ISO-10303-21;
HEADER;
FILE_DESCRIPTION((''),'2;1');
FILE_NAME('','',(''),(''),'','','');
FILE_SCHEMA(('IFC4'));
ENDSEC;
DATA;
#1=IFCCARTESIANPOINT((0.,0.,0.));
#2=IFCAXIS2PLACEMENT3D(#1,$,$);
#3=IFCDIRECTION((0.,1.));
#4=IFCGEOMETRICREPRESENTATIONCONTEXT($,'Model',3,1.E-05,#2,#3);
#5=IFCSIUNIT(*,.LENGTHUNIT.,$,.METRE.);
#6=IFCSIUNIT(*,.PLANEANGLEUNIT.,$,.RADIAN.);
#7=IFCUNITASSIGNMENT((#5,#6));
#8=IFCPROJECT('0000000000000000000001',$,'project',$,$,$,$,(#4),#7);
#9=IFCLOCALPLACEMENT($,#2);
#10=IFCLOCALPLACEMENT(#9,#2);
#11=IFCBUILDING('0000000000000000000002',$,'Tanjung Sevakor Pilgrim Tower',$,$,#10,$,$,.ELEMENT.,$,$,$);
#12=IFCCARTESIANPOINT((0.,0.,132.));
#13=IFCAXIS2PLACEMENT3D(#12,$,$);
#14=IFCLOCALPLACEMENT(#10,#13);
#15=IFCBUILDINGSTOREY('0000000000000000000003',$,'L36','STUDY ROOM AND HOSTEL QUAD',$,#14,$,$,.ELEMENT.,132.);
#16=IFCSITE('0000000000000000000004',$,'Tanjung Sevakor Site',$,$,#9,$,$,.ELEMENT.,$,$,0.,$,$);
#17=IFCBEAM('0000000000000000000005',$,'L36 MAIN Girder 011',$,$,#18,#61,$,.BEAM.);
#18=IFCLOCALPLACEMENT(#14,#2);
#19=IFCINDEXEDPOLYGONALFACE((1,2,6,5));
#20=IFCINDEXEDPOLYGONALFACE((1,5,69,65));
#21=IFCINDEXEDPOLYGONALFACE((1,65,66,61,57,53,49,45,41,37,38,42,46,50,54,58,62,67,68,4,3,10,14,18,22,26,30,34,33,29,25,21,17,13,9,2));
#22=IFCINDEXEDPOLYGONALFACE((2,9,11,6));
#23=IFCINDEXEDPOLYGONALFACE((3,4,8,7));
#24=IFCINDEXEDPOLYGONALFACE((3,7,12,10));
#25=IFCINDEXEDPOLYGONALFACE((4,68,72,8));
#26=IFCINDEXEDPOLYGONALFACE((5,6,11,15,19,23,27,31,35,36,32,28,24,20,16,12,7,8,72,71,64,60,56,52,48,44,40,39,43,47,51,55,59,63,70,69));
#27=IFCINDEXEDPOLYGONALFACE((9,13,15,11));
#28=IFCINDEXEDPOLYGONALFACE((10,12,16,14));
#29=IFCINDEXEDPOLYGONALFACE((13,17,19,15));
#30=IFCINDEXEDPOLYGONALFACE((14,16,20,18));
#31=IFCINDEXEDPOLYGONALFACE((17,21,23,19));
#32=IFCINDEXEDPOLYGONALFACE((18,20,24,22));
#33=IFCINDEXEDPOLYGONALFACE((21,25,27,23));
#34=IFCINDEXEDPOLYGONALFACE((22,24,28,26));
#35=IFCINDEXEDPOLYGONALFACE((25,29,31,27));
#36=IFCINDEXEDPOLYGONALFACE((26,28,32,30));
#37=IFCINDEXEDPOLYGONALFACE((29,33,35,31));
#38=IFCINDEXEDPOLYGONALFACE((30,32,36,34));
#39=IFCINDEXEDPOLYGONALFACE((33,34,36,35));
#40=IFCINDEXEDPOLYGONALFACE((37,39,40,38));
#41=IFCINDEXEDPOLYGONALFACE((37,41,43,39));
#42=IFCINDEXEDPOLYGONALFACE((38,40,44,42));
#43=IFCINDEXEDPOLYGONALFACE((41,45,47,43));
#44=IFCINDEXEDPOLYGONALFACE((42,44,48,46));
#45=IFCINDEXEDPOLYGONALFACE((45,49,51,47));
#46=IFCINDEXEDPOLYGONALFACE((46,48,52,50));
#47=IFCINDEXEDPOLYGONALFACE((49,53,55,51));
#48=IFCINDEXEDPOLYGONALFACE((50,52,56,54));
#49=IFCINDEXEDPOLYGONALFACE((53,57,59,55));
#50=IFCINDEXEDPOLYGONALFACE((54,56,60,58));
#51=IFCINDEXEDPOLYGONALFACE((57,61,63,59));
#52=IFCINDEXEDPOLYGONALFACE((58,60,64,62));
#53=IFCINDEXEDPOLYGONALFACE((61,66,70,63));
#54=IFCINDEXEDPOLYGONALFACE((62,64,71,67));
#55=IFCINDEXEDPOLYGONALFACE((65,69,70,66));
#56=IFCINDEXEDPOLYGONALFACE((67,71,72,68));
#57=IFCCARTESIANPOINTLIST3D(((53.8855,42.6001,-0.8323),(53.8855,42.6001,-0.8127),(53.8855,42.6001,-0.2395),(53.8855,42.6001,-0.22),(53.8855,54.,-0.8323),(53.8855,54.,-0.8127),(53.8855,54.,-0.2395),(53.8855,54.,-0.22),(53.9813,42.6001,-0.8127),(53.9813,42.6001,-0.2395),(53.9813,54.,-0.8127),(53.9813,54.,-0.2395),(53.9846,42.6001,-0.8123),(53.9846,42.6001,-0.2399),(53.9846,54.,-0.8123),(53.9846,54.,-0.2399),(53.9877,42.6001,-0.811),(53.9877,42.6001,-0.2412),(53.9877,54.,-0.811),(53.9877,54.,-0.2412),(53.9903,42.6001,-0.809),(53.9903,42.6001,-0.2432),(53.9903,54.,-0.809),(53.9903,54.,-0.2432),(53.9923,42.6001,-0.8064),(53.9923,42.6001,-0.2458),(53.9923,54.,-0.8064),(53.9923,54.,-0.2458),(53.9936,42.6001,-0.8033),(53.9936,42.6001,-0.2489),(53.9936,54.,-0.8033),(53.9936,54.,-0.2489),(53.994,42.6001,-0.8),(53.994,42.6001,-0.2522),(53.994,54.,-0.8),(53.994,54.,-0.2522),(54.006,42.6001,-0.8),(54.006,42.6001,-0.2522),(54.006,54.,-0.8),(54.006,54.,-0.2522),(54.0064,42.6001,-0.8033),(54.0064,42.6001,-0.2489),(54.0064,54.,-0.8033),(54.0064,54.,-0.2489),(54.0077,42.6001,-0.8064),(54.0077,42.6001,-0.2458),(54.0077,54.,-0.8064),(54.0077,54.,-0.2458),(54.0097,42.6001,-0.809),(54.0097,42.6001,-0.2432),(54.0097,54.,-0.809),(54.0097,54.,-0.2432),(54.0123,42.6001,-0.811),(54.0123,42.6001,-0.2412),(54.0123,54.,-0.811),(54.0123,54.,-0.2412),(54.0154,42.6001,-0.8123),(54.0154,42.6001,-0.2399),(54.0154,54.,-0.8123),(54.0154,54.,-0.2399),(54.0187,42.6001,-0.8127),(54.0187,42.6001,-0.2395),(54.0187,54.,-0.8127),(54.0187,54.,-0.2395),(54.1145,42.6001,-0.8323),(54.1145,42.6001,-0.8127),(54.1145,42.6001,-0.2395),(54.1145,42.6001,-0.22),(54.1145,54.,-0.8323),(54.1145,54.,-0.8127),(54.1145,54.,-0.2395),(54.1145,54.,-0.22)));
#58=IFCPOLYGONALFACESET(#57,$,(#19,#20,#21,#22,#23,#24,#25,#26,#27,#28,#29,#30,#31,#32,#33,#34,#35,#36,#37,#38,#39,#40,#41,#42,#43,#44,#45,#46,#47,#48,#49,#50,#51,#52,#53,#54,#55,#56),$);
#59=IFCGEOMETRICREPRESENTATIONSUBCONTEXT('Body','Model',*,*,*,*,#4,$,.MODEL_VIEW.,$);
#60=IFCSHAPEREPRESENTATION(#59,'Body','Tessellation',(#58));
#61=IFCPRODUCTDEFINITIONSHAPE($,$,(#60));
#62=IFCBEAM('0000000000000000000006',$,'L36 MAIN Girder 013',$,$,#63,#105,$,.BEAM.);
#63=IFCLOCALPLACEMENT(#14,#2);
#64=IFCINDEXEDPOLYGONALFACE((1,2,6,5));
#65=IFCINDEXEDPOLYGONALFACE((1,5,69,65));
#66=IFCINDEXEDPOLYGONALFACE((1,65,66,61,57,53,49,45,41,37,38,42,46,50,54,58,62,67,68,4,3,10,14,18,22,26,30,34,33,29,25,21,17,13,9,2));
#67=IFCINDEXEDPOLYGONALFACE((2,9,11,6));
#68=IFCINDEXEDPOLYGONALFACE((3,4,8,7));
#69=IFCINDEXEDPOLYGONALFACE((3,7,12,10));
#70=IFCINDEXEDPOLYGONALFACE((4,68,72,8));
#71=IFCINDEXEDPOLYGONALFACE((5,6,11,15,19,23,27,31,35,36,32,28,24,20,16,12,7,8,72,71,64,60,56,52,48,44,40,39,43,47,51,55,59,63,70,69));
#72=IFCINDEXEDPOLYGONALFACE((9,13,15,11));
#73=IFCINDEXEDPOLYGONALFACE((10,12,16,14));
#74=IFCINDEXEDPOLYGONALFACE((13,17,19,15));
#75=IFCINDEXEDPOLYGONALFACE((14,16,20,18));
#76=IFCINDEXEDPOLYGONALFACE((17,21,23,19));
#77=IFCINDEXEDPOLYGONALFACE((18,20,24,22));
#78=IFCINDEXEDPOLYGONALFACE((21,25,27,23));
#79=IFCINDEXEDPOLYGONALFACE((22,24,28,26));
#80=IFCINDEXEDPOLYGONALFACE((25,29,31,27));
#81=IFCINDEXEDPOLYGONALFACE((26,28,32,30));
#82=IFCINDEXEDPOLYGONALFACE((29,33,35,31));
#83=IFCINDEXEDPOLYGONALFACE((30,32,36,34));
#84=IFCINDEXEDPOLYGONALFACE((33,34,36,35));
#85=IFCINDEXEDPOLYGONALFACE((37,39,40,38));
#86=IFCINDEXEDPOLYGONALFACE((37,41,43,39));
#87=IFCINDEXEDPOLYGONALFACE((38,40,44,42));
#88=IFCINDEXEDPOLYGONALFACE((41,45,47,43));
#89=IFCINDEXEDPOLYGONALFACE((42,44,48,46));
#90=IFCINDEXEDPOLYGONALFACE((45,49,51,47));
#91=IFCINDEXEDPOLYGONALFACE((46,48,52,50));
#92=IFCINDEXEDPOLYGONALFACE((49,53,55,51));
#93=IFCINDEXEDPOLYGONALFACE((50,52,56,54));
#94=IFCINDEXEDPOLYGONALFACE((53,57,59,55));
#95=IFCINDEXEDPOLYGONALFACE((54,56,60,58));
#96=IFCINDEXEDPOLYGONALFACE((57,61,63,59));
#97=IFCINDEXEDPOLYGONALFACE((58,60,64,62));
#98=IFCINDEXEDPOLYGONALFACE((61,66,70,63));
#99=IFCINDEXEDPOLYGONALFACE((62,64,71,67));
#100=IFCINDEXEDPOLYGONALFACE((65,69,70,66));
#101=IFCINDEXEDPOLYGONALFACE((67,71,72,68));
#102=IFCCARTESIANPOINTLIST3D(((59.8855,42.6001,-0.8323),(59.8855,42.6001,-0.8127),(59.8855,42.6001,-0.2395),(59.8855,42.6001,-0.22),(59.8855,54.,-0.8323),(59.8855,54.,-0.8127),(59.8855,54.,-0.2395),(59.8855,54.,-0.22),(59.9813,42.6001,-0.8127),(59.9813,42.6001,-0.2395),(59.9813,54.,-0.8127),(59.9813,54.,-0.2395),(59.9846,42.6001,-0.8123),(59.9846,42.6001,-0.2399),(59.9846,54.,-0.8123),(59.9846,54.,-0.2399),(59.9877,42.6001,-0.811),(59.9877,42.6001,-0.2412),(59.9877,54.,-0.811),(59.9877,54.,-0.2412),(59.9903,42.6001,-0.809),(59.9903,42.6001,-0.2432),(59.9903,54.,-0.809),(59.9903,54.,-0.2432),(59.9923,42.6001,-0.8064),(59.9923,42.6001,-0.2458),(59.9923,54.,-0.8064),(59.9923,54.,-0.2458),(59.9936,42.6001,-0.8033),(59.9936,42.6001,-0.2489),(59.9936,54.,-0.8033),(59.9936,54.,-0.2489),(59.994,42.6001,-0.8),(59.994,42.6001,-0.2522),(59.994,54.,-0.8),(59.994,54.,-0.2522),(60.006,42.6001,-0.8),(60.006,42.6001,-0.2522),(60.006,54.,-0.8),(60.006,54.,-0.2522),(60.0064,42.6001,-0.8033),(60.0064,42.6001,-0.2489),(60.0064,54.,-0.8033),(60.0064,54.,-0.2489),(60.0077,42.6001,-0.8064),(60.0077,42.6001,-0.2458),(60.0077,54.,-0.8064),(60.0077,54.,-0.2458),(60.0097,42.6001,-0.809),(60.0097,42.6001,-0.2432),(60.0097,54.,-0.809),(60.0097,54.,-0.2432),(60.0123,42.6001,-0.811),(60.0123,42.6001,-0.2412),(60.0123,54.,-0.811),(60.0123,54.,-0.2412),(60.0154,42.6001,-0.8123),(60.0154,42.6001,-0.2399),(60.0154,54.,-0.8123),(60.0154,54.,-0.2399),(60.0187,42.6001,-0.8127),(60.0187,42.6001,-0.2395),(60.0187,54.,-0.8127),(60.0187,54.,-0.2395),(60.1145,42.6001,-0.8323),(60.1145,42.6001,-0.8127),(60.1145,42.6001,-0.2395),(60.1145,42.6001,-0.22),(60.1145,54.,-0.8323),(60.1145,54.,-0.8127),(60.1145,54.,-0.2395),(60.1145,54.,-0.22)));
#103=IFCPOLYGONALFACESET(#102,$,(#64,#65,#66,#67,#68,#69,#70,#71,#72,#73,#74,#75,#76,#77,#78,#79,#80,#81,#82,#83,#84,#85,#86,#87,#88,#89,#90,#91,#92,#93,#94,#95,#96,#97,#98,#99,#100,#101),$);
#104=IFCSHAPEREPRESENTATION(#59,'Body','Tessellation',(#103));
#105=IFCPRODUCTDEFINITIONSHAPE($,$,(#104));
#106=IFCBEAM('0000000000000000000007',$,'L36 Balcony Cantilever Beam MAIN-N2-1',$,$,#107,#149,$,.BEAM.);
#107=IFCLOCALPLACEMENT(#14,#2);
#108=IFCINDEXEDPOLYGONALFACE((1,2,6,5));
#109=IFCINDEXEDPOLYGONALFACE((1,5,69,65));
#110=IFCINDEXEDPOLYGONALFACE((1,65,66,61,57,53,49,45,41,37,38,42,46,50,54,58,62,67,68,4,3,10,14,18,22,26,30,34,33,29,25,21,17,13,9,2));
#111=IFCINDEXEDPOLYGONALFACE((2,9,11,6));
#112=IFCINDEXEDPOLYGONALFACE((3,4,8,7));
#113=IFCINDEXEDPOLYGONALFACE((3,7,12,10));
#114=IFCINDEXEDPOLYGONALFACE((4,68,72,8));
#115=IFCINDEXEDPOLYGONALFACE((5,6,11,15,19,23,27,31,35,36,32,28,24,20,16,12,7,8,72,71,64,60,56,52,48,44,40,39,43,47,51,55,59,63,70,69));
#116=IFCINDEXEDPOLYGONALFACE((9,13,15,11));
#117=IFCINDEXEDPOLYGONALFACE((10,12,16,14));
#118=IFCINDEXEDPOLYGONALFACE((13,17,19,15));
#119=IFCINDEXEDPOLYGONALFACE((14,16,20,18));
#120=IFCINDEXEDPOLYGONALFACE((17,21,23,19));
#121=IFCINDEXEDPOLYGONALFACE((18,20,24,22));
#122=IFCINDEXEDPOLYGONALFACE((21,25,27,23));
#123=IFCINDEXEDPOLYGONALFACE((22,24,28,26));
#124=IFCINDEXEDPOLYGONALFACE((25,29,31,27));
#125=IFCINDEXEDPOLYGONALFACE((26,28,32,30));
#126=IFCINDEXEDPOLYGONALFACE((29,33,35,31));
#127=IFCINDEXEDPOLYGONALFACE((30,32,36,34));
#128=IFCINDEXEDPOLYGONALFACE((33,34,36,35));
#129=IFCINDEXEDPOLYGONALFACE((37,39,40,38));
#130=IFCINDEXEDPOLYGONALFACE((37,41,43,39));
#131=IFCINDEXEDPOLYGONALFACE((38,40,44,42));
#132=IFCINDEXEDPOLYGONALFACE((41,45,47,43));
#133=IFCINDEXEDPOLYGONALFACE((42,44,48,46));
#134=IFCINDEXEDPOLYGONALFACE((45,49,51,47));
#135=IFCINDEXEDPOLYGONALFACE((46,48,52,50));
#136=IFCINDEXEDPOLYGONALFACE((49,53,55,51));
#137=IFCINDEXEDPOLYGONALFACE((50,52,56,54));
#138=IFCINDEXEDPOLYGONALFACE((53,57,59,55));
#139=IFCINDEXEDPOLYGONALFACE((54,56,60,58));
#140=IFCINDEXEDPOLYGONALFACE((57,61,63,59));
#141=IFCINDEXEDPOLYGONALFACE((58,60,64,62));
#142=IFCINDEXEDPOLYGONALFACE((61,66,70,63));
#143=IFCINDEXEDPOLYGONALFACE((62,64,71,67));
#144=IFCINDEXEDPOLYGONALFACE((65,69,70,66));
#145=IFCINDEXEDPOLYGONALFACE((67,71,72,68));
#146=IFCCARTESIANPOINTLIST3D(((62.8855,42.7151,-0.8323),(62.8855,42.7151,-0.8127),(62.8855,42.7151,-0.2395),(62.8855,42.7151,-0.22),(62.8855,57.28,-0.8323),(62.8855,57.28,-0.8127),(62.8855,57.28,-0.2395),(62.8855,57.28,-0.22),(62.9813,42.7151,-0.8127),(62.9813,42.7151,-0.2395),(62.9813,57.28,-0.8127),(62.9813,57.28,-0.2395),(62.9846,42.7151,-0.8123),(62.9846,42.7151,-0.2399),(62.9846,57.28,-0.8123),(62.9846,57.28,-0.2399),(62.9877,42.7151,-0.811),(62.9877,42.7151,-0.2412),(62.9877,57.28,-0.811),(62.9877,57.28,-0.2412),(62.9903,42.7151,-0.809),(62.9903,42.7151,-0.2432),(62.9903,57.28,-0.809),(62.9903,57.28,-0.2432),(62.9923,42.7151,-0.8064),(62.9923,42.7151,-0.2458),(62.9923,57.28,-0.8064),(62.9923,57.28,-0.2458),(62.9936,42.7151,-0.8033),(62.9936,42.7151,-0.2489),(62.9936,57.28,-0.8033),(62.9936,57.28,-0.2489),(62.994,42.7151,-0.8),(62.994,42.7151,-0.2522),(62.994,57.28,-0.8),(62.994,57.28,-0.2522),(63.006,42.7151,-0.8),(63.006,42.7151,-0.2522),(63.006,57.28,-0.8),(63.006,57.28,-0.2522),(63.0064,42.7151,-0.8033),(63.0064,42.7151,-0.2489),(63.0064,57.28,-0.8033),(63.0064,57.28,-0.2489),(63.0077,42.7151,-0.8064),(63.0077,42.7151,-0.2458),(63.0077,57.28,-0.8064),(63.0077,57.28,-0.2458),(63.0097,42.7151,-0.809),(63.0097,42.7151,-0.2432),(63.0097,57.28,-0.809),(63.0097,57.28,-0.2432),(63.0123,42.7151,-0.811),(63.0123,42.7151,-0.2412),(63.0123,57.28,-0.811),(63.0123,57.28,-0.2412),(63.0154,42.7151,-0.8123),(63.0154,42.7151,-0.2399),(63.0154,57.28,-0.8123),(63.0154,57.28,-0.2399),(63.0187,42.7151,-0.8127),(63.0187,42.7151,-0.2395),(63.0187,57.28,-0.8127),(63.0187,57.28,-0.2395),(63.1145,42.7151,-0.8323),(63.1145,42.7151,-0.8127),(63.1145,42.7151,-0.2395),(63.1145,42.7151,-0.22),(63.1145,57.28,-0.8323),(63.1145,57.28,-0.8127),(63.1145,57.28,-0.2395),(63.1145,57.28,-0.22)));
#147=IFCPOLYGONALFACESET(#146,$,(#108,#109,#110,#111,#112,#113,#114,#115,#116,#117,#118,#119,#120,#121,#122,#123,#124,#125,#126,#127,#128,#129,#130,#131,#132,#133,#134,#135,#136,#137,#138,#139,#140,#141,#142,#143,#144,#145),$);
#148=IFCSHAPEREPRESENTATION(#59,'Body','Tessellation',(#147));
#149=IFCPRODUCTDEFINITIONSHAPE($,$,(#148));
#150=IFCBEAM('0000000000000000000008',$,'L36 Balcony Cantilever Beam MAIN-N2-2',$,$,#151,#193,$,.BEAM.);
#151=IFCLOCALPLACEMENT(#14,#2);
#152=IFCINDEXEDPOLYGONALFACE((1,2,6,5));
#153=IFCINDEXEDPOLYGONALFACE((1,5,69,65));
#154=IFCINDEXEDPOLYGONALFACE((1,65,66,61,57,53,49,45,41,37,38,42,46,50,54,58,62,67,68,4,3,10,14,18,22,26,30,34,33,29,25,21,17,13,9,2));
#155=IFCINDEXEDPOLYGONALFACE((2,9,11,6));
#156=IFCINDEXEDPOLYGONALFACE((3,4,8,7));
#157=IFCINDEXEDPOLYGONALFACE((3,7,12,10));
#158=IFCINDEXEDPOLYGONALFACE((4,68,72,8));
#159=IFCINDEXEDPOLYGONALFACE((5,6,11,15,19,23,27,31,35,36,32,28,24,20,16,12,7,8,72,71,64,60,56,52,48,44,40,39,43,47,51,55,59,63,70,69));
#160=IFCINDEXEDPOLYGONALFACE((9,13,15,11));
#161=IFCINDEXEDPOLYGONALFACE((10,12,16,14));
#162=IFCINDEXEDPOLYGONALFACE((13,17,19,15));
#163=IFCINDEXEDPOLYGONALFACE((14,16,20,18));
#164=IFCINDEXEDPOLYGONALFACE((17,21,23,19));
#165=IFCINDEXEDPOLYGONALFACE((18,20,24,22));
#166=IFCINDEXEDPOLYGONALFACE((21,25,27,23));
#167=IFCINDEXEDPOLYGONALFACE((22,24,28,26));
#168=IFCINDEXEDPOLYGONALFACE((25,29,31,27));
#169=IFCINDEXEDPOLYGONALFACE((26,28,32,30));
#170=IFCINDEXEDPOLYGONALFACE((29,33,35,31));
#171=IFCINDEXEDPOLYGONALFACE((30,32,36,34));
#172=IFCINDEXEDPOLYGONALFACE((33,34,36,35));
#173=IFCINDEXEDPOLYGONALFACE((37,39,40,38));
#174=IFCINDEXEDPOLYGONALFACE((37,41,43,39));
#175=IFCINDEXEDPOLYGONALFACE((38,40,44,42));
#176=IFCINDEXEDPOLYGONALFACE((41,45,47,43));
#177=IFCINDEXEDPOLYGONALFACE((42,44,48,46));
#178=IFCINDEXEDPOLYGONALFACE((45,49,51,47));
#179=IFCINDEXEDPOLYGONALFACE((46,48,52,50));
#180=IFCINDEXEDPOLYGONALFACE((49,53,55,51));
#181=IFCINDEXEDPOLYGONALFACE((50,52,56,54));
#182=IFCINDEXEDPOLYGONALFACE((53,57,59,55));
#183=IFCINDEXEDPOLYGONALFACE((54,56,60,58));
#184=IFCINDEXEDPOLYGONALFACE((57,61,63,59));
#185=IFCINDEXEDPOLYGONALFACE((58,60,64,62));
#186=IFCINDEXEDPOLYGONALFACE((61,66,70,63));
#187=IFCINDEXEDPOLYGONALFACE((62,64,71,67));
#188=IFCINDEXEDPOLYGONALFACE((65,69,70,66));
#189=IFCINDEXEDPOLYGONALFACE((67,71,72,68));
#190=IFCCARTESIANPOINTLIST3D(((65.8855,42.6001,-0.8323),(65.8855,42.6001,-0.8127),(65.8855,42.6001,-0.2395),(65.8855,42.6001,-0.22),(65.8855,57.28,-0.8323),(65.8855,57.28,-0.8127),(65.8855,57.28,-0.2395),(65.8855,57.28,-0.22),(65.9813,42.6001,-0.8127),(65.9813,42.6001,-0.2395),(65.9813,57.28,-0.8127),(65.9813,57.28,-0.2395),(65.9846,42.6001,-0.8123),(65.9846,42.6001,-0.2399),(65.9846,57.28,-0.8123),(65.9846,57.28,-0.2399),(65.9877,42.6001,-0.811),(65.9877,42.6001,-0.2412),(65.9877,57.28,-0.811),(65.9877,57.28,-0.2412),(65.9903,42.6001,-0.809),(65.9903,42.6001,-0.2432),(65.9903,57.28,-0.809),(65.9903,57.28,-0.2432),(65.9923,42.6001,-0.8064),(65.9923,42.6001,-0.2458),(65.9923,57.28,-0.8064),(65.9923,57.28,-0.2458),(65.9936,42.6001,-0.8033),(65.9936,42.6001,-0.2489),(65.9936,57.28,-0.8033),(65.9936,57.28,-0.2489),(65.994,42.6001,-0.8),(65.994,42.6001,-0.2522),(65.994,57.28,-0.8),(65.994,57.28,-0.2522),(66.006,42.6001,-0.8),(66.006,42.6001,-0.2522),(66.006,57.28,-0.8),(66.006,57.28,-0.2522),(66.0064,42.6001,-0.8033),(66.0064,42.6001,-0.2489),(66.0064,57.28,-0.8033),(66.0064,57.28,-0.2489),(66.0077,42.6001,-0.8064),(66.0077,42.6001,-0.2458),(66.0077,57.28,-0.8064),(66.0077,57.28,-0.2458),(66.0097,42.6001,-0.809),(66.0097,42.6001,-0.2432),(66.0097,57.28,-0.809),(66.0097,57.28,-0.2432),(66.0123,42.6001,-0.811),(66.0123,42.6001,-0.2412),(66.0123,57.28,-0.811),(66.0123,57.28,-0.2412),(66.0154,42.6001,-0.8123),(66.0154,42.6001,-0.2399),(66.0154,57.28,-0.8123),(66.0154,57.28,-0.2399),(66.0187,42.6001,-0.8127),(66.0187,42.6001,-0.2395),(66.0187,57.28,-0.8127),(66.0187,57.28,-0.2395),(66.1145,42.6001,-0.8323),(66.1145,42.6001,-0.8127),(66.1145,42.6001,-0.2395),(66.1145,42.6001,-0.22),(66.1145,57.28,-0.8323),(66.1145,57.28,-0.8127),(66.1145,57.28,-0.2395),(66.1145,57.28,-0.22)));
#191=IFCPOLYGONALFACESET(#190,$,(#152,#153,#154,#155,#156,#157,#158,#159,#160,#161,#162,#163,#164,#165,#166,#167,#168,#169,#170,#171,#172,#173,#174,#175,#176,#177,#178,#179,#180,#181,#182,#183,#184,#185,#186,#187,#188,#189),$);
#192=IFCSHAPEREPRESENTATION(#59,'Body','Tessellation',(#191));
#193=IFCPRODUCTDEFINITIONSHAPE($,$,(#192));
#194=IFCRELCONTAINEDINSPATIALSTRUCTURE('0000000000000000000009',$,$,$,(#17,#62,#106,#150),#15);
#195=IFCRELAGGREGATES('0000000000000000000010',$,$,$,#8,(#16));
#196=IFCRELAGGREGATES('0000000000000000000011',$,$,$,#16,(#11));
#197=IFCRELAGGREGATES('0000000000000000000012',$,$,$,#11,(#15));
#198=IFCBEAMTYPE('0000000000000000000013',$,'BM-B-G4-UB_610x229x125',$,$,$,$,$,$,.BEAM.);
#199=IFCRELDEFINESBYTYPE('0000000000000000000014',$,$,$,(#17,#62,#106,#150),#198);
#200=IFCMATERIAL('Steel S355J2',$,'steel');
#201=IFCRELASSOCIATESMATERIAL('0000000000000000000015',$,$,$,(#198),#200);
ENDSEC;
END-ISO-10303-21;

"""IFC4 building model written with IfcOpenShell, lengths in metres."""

from ifc_helpers import new_model, si_unit, direction, frame, origin, origin_2d, place, context, subcontext, project, spatial, i_section, extrude, material, material_profile, profile_set, type_object, element, save


model = new_model("IFC4")

# Units and contexts
model_context = context("Model", 3, precision=1e-05, world=origin(), true_north=direction((0.0, 1.0)))
body_context = subcontext(model_context, "Body", "Model", "MODEL_VIEW")
ifc_project = project(units=[si_unit("LENGTHUNIT", "METRE"), si_unit("PLANEANGLEUNIT", "RADIAN")], contexts=[model_context])

# Site, building, storey
site_placement = place(None, origin())
site = spatial("IfcSite", under=ifc_project, at=site_placement, Name="Tanjung Sevakor Site", CompositionType="ELEMENT", RefElevation=0.0)
building_placement = place(site_placement, origin())
building = spatial("IfcBuilding", under=site, at=building_placement, Name="Tanjung Sevakor Pilgrim Tower", CompositionType="ELEMENT")
storey_placement = place(building_placement, frame((0.0, 0.0, 132.0)))
storey = spatial("IfcBuildingStorey", under=building, at=storey_placement, Name="L36", Description="STUDY ROOM AND HOSTEL QUAD", CompositionType="ELEMENT", Elevation=132.0)

# Beams
ifc_material_1 = material(Name="Steel S355J2", Category="steel")
ifc_material_profile_1 = material_profile(ifc_material_1, i_section(OverallWidth=0.229, OverallDepth=0.6123, WebThickness=0.012, FlangeThickness=0.0195, FilletRadius=0.0127, at=origin_2d()))
ifc_profile_set_1 = profile_set([ifc_material_profile_1], Name="Steel S355J2")
beam_type_1 = type_object("IfcBeamType", Name="BM-B-G4-UB_610x229x125", PredefinedType="BEAM", material=ifc_profile_set_1)
for number, where, z_axis, x_axis, name in (
    (1, (54.0, 42.6001, -0.5261), (0.0, 1.0, 0.0), (-1.0, 0.0, 0.0), "L36 MAIN Girder 011"),
    (2, (60.0, 42.6001, -0.5261), (0.0, 1.0, 0.0), (-1.0, 0.0, 0.0), "L36 MAIN Girder 013"),
):
    element("IfcBeam", number, at=place(storey_placement, frame(where, z_axis=z_axis, x_axis=x_axis)), inside=storey, type_object=beam_type_1, Name=name, PredefinedType="BEAM", context=body_context, shape_type="SweptSolid", body=[
        extrude(i_section(OverallWidth=0.229, OverallDepth=0.6123, WebThickness=0.012, FlangeThickness=0.0195, FilletRadius=0.0127, at=origin_2d()), origin(), (0.0, 0.0, 1.0), 11.3999),
    ])
beam_1_placement = place(storey_placement, frame((63.0, 42.7151, -0.5261), z_axis=(0.0, 1.0, 0.0), x_axis=(-1.0, 0.0, 0.0)))
element("IfcBeam", 3, at=beam_1_placement, inside=storey, type_object=beam_type_1, Name="L36 Balcony Cantilever Beam MAIN-N2-1", PredefinedType="BEAM", context=body_context, shape_type="SweptSolid", body=[
    extrude(i_section(OverallWidth=0.229, OverallDepth=0.6123, WebThickness=0.012, FlangeThickness=0.0195, FilletRadius=0.0127, at=origin_2d()), origin(), (0.0, 0.0, 1.0), 14.5649),
])
beam_2_placement = place(storey_placement, frame((66.0, 42.6001, -0.5261), z_axis=(0.0, 1.0, 0.0), x_axis=(-1.0, 0.0, 0.0)))
element("IfcBeam", 4, at=beam_2_placement, inside=storey, type_object=beam_type_1, Name="L36 Balcony Cantilever Beam MAIN-N2-2", PredefinedType="BEAM", context=body_context, shape_type="SweptSolid", body=[
    extrude(i_section(OverallWidth=0.229, OverallDepth=0.6123, WebThickness=0.012, FlangeThickness=0.0195, FilletRadius=0.0127, at=origin_2d()), origin(), (0.0, 0.0, 1.0), 14.6799),
])

save(model, "model.ifc")
